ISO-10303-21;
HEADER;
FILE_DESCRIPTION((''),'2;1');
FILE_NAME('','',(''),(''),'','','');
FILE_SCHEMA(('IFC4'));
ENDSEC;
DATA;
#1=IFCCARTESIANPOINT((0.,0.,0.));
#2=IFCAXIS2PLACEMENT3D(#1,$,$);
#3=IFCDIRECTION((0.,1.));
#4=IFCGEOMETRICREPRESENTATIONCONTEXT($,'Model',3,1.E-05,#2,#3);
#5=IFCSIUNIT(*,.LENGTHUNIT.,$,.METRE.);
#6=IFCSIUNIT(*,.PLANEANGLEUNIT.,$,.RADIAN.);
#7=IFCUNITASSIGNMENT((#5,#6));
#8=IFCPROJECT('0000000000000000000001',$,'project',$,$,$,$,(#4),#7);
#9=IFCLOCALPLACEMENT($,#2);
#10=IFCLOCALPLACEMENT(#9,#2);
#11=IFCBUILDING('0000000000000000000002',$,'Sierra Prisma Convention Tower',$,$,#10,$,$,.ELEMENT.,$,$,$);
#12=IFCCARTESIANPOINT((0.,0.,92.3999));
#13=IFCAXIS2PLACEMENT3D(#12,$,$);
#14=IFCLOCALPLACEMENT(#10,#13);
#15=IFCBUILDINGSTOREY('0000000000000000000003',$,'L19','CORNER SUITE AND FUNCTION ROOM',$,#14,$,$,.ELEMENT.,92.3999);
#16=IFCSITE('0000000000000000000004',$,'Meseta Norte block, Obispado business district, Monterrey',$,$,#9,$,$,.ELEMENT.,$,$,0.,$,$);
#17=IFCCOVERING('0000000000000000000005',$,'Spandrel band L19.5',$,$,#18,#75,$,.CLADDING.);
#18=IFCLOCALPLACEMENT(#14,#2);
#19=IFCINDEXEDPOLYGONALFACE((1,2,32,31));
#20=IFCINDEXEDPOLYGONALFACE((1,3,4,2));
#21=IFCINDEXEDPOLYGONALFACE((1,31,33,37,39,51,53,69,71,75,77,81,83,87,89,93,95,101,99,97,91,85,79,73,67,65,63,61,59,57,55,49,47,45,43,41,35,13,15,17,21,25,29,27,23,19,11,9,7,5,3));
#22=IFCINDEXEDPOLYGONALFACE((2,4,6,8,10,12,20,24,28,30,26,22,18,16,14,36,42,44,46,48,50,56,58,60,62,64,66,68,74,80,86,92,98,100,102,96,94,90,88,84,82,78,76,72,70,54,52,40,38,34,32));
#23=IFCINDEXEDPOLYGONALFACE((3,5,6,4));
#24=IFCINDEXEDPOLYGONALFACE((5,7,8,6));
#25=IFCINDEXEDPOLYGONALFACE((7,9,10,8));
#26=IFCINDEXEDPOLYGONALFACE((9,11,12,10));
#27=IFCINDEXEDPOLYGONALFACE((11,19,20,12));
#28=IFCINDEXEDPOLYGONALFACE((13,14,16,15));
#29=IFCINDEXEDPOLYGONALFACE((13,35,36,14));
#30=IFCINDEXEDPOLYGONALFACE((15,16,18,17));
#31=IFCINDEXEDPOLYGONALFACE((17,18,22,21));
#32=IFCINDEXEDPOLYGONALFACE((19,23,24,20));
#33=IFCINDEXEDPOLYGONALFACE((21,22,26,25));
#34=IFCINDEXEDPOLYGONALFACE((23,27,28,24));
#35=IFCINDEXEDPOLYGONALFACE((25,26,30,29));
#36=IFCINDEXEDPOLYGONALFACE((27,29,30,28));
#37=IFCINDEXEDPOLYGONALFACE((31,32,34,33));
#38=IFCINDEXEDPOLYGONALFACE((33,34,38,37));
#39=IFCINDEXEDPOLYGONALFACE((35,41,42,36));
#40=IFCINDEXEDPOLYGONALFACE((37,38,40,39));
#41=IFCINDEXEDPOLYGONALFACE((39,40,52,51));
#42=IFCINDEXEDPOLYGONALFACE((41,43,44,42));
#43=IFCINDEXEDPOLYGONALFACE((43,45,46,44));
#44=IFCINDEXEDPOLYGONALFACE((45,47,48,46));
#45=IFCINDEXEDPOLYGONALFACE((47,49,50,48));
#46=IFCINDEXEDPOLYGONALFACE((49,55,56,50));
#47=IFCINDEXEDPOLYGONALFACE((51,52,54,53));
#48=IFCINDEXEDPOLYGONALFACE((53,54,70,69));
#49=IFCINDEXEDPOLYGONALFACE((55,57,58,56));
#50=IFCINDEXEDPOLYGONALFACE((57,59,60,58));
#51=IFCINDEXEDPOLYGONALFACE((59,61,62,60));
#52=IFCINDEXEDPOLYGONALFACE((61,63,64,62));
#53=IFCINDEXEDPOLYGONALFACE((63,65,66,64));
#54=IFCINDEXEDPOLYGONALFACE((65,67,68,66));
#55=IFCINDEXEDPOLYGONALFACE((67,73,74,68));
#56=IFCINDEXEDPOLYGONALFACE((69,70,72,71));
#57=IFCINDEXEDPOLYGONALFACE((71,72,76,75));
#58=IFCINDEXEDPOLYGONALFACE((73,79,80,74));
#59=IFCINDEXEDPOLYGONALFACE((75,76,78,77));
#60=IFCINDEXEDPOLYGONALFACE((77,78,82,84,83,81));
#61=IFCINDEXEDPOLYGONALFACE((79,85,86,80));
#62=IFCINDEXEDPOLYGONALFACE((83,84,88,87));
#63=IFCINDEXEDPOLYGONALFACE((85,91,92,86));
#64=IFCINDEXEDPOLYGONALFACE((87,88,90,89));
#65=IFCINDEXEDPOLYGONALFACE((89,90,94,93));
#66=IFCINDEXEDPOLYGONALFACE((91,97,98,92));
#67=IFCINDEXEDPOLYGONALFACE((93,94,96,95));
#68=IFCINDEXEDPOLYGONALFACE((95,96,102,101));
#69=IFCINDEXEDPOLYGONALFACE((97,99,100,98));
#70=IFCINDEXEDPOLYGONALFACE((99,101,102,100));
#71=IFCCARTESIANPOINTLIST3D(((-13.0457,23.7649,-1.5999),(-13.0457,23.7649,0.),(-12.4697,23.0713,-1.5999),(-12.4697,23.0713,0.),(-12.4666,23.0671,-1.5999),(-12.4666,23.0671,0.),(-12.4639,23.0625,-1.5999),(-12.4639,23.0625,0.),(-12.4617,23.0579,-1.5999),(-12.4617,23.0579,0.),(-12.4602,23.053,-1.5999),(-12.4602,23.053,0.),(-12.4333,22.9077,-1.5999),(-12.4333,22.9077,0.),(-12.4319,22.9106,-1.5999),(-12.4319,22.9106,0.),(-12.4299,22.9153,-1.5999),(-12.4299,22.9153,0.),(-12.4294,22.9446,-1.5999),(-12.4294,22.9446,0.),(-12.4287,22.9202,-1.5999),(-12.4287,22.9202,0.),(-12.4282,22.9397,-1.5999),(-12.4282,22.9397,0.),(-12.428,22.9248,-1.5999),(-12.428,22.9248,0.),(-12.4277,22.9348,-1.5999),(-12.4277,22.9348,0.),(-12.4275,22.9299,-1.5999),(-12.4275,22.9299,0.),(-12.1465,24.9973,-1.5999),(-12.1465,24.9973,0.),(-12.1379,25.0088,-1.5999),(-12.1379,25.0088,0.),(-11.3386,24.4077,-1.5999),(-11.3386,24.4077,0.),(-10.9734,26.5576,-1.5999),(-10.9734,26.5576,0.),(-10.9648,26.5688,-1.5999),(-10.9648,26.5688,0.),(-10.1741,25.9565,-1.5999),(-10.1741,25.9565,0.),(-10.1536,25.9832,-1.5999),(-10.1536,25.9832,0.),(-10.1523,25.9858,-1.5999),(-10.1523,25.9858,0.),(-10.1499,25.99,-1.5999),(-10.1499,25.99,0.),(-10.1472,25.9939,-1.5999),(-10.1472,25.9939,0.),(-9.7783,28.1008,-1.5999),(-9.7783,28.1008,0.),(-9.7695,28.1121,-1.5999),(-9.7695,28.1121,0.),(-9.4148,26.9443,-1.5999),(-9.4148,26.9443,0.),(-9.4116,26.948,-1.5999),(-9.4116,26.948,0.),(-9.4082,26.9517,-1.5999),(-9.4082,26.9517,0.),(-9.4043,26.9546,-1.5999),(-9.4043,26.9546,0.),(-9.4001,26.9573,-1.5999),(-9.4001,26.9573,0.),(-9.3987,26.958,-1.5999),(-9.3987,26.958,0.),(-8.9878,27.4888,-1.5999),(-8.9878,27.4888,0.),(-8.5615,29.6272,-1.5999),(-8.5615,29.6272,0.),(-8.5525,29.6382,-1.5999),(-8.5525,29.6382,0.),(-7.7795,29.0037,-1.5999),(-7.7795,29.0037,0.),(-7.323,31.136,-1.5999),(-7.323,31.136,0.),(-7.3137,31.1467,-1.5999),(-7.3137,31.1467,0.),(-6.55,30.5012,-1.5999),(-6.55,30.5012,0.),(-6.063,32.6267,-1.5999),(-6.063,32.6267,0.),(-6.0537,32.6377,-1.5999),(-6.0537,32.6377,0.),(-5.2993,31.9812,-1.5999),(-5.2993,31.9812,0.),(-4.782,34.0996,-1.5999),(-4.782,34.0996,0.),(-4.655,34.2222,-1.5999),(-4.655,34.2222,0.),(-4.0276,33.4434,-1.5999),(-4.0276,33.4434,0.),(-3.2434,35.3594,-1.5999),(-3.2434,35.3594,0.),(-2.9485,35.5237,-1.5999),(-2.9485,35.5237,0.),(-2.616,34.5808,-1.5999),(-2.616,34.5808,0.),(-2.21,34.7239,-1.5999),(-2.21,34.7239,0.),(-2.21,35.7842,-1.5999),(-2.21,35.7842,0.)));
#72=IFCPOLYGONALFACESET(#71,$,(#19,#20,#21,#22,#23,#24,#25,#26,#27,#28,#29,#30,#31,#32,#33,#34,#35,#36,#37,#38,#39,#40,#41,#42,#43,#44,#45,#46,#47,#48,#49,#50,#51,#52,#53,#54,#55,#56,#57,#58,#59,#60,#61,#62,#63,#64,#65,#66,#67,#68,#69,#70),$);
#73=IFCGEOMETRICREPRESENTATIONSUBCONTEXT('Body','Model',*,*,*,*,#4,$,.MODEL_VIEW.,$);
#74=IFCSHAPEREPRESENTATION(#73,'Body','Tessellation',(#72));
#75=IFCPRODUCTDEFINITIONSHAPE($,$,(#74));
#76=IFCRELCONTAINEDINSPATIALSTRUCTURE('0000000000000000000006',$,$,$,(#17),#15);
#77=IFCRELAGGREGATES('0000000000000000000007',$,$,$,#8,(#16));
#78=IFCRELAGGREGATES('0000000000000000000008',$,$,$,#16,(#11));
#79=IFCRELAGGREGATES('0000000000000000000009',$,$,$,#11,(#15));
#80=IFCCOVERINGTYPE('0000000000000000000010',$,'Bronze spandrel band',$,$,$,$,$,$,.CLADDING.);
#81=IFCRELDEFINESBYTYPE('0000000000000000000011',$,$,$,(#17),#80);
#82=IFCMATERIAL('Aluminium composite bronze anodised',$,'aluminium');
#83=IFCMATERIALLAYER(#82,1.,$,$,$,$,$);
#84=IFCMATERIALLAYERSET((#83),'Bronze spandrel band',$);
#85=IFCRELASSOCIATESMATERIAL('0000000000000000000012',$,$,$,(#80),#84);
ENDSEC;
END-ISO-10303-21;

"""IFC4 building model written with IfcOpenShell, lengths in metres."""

from ifc_helpers import new_model, si_unit, direction, frame, origin, place, context, subcontext, project, spatial, polyline, outline, extrude, material, layer, layer_set, type_object, element, save


model = new_model("IFC4")

# Units and contexts
model_context = context("Model", 3, precision=1e-05, world=origin(), true_north=direction((0.0, 1.0)))
body_context = subcontext(model_context, "Body", "Model", "MODEL_VIEW")
ifc_project = project(units=[si_unit("LENGTHUNIT", "METRE"), si_unit("PLANEANGLEUNIT", "RADIAN")], contexts=[model_context])

# Site, building, storey
site_placement = place(None, origin())
site = spatial("IfcSite", under=ifc_project, at=site_placement, Name="Meseta Norte block, Obispado business district, Monterrey", CompositionType="ELEMENT", RefElevation=0.0)
building_placement = place(site_placement, origin())
building = spatial("IfcBuilding", under=site, at=building_placement, Name="Sierra Prisma Convention Tower", CompositionType="ELEMENT")
storey_placement = place(building_placement, frame((0.0, 0.0, 92.3999)))
storey = spatial("IfcBuildingStorey", under=building, at=storey_placement, Name="L19", Description="CORNER SUITE AND FUNCTION ROOM", CompositionType="ELEMENT", Elevation=92.3999)

# Covering
ifc_material_1 = material(Name="Aluminium composite bronze anodised", Category="aluminium")
ifc_layer_1 = layer(ifc_material_1, 1.0)
ifc_layer_set_1 = layer_set([ifc_layer_1], Name="Bronze spandrel band")
covering_type_1 = type_object("IfcCoveringType", Name="Bronze spandrel band", PredefinedType="CLADDING", material=ifc_layer_set_1)
covering_1_placement = place(storey_placement, frame((0.0, 0.0, -1.5999)))
element("IfcCovering", 1, at=covering_1_placement, inside=storey, type_object=covering_type_1, Name="Spandrel band L19.5", PredefinedType="CLADDING", context=body_context, shape_type="SweptSolid", body=[
    extrude(outline(polyline([(-2.21, 34.7239), (-2.616, 34.5808), (-4.0276, 33.4434), (-5.2993, 31.9812), (-6.55, 30.5012), (-7.7795, 29.0037), (-8.9878, 27.4888), (-9.3987, 26.958), (-9.4001, 26.9573), (-9.4043, 26.9546), (-9.4082, 26.9517), (-9.4116, 26.948), (-9.4148, 26.9443), (-10.1472, 25.9939), (-10.1499, 25.99), (-10.1523, 25.9858), (-10.1536, 25.9832), (-10.1741, 25.9565), (-11.3386, 24.4077), (-12.4333, 22.9077), (-12.4319, 22.9106), (-12.4299, 22.9153), (-12.4287, 22.9202), (-12.428, 22.9248), (-12.4275, 22.9299), (-12.4277, 22.9348), (-12.4282, 22.9397), (-12.4294, 22.9446), (-12.4602, 23.053), (-12.4617, 23.0579), (-12.4639, 23.0625), (-12.4666, 23.0671), (-12.4697, 23.0713), (-13.0457, 23.7649), (-12.1465, 24.9973), (-12.1379, 25.0088), (-10.9734, 26.5576), (-10.9648, 26.5688), (-9.7783, 28.1008), (-9.7695, 28.1121), (-8.5615, 29.6272), (-8.5525, 29.6382), (-7.323, 31.136), (-7.3137, 31.1467), (-6.063, 32.6267), (-6.0537, 32.6377), (-4.782, 34.0996), (-4.655, 34.2222), (-3.2434, 35.3594), (-2.9485, 35.5237), (-2.21, 35.7842), (-2.21, 34.7239)])), origin(), (0.0, 0.0, 1.0), 1.5999),
])

save(model, "model.ifc")
